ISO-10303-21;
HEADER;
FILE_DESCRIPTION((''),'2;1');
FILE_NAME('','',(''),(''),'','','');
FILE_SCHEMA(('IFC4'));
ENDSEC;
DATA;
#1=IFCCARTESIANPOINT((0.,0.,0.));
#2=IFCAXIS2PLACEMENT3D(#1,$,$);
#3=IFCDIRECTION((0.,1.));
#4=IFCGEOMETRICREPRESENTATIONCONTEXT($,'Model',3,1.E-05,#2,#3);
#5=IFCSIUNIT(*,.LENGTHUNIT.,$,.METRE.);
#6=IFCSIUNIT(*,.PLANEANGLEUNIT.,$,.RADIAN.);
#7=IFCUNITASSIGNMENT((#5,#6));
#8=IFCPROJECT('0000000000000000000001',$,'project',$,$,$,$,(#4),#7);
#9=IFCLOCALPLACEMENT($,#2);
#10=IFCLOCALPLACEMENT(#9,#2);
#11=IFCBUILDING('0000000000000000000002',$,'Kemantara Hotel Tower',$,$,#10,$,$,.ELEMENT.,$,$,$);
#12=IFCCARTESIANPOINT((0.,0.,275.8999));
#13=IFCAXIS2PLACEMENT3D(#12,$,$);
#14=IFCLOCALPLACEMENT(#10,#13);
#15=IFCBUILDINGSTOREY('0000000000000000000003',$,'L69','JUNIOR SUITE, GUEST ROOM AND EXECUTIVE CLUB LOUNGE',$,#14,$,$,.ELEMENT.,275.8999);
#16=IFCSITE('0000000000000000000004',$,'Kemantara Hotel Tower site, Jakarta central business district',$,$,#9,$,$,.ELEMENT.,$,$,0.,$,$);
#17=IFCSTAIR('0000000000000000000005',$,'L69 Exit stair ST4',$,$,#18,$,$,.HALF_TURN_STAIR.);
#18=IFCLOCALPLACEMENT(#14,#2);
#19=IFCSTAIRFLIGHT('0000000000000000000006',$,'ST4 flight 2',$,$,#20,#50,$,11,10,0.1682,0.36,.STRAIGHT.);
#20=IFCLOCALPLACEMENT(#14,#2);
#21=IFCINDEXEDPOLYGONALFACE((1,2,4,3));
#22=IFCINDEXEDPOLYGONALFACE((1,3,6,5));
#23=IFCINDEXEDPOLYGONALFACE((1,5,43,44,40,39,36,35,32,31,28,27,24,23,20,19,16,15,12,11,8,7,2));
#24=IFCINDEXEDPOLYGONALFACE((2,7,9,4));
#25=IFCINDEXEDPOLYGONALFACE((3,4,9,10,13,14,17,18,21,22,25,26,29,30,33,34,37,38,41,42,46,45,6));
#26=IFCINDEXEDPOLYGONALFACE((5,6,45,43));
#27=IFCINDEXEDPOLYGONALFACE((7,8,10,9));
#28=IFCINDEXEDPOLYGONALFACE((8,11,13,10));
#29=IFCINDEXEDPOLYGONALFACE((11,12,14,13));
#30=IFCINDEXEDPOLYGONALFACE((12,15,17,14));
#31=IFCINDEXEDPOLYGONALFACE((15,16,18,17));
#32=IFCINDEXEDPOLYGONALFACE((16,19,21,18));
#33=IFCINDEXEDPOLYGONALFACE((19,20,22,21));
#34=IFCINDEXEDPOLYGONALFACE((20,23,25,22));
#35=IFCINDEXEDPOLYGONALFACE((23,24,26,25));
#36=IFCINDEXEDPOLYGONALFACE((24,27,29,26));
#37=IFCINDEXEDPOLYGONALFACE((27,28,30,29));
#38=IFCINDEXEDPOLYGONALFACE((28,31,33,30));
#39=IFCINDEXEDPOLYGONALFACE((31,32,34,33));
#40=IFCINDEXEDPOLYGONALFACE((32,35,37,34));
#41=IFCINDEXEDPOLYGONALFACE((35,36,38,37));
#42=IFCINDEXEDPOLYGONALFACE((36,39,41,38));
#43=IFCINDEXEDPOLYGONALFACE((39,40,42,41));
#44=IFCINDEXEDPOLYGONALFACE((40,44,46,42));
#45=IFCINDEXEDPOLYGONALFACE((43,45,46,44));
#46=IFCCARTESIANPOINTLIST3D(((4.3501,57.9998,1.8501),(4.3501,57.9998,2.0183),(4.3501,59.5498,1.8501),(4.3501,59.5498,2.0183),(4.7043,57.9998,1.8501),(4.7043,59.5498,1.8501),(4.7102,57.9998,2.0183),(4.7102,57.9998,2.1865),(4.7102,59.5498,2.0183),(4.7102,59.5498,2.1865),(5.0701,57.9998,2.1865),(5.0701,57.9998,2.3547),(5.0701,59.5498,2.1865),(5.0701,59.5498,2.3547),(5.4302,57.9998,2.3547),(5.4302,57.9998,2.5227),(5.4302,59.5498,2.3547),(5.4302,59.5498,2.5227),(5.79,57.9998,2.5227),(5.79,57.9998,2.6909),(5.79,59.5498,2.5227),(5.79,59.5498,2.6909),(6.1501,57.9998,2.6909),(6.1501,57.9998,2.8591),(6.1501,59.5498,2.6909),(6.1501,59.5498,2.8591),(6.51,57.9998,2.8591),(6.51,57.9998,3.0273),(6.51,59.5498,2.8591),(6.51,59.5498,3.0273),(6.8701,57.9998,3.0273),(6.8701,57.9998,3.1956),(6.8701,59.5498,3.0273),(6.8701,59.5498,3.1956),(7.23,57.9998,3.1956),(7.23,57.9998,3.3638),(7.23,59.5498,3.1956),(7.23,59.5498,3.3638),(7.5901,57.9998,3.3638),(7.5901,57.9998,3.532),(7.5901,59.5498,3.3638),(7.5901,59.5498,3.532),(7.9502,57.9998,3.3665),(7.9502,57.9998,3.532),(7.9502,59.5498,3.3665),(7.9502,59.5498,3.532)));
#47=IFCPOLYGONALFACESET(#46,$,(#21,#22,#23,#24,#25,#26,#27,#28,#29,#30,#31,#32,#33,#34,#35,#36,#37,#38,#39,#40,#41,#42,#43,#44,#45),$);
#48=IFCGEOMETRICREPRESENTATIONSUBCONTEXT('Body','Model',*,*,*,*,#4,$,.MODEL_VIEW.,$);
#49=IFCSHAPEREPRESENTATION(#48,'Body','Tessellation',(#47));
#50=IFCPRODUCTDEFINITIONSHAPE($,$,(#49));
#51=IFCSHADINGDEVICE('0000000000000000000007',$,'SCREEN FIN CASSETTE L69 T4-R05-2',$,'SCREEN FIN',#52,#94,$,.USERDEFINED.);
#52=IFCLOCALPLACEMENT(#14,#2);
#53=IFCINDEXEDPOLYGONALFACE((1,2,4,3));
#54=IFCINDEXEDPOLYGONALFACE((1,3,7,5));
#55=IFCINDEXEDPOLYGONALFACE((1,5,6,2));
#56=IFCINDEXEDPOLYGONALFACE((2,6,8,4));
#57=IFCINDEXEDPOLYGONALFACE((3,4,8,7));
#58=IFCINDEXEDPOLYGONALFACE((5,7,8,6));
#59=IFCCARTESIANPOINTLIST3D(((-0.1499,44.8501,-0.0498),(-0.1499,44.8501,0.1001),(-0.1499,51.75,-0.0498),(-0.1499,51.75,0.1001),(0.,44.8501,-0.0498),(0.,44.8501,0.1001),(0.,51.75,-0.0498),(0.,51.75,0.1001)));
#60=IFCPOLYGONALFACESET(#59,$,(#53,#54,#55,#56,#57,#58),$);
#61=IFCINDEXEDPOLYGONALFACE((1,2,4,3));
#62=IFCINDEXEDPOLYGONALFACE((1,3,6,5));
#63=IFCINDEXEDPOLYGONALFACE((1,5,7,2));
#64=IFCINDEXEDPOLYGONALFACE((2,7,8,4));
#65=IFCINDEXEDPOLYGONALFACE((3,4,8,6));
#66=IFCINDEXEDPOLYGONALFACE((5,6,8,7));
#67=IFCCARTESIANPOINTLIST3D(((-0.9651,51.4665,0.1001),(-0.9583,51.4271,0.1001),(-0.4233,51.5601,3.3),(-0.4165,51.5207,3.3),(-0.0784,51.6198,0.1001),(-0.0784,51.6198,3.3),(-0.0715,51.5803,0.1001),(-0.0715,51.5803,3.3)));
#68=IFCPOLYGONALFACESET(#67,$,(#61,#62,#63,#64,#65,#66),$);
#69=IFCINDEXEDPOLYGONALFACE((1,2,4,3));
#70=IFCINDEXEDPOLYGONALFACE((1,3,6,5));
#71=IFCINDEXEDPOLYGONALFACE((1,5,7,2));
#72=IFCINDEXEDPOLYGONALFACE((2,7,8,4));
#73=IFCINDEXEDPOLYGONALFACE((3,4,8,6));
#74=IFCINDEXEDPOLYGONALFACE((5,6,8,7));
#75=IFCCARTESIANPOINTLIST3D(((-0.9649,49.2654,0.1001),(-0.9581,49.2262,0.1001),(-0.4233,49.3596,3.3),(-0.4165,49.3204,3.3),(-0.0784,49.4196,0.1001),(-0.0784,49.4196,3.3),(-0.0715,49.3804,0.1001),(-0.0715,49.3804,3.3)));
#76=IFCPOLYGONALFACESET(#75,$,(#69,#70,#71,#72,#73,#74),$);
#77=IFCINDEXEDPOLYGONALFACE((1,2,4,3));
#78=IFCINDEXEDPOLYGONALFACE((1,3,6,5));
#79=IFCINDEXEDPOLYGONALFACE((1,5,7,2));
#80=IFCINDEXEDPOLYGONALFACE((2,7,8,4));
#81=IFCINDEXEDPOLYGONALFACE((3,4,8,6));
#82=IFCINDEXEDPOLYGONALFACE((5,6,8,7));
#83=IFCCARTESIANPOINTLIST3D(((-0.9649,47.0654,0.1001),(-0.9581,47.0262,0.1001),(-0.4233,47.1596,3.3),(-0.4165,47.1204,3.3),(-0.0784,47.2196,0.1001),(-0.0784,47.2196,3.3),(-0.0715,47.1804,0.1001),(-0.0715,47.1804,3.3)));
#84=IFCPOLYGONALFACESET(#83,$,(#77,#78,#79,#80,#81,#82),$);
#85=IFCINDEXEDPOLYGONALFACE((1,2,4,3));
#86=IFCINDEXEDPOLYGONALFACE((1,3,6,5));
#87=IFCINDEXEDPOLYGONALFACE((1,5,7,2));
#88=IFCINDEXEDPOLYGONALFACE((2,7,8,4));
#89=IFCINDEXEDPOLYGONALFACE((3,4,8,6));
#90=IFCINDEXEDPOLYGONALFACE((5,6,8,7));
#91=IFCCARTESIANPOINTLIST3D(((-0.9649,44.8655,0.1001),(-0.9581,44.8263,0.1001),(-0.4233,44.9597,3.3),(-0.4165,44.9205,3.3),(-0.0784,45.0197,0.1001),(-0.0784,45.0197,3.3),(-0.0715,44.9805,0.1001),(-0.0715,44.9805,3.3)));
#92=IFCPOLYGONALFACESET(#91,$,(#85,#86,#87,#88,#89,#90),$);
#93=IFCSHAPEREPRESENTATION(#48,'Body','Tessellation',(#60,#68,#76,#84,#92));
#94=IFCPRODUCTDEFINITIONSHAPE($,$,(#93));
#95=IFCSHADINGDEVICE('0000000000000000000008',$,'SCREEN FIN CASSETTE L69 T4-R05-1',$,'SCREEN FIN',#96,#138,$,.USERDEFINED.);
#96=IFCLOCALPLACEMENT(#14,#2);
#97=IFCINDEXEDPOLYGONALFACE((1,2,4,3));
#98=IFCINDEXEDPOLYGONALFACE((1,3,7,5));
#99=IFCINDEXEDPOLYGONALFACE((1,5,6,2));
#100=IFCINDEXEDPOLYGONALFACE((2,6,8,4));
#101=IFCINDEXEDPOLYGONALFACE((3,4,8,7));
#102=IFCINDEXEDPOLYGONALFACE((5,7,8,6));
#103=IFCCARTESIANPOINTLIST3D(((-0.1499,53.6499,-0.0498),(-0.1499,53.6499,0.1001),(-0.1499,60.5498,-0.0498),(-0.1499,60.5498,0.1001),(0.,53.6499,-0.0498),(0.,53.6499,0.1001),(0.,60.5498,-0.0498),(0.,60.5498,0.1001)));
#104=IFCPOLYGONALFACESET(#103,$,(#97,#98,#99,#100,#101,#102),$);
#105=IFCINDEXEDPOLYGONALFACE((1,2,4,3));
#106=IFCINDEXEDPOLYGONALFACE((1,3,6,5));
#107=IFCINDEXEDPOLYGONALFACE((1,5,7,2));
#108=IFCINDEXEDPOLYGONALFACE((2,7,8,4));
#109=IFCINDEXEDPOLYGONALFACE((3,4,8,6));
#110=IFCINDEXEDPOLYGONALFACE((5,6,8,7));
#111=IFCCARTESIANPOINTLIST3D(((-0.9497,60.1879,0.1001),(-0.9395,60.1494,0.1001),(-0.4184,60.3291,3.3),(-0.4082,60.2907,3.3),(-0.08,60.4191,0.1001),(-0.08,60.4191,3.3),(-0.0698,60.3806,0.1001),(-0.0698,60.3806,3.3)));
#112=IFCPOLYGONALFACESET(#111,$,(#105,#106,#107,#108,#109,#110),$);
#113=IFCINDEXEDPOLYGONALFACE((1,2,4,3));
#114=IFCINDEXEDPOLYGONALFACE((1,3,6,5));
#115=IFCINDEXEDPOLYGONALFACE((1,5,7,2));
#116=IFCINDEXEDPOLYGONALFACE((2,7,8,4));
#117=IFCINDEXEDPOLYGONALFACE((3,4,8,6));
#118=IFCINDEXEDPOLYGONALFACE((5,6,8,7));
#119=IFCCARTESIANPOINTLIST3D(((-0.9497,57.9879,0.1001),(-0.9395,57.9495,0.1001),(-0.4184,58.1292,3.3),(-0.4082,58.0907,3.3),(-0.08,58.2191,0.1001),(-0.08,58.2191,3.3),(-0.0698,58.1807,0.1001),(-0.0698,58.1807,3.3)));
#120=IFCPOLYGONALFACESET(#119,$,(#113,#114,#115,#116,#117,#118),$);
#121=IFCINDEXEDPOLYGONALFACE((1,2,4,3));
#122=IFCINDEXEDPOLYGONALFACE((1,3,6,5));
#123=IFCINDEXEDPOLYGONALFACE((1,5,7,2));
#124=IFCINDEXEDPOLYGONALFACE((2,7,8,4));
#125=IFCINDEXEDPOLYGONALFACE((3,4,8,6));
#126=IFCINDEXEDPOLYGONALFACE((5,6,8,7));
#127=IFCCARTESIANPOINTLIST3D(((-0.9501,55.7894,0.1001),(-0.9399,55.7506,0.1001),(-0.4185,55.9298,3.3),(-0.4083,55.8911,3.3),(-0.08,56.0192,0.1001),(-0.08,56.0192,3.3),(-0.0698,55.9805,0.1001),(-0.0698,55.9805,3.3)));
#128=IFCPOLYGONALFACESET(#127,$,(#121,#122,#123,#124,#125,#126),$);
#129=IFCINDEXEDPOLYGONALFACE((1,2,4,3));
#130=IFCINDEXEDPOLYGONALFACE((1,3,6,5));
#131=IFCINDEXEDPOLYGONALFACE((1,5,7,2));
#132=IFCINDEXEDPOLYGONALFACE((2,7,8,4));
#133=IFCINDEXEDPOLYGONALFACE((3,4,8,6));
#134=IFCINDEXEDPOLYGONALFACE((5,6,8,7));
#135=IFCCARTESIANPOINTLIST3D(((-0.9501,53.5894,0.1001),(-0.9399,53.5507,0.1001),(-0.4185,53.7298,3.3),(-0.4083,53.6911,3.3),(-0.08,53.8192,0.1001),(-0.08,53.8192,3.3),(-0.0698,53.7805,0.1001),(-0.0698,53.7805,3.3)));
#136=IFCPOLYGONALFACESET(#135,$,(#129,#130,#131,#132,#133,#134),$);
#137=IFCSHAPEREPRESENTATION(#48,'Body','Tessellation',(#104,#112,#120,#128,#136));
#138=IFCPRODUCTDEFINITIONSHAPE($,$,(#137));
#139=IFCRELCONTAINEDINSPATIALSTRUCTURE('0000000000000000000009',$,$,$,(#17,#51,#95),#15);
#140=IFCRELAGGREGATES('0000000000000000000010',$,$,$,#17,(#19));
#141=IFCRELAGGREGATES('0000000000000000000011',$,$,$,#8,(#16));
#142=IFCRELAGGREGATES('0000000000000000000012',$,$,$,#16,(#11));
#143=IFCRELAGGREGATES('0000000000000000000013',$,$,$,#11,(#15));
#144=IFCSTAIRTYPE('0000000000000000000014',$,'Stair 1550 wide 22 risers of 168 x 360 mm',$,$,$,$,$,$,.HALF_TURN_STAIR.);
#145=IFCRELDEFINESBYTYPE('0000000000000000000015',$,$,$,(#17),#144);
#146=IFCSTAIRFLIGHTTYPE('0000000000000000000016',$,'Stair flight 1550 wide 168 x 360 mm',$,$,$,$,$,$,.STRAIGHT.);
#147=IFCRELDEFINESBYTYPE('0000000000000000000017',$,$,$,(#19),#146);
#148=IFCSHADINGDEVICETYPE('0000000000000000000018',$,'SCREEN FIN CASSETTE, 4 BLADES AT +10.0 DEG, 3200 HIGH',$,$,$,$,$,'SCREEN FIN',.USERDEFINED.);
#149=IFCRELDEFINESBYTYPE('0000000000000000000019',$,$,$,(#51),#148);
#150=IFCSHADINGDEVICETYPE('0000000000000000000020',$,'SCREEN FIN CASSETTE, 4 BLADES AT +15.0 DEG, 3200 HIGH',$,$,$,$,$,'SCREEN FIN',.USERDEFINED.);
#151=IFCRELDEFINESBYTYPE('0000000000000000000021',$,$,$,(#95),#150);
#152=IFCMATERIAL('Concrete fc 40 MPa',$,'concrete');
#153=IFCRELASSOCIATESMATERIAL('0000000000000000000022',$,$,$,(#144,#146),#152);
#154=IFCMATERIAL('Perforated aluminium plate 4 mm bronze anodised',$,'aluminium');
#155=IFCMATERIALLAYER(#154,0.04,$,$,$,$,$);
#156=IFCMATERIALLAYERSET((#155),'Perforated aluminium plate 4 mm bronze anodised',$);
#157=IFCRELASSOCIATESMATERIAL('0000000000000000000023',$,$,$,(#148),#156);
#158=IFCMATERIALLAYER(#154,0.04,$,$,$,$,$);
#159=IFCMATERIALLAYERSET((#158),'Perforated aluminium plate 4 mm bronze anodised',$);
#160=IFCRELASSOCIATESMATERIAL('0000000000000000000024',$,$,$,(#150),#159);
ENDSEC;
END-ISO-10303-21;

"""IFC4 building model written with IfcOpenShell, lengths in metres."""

from ifc_helpers import new_model, si_unit, direction, frame, origin, origin_2d, place, context, subcontext, project, spatial, polyline, rectangle, outline, extrude, source, transform, mapped, material, layer, layer_set, type_object, element, aggregate, save


model = new_model("IFC4")

# Units and contexts
model_context = context("Model", 3, precision=1e-05, world=origin(), true_north=direction((0.0, 1.0)))
body_context = subcontext(model_context, "Body", "Model", "MODEL_VIEW")
ifc_project = project(units=[si_unit("LENGTHUNIT", "METRE"), si_unit("PLANEANGLEUNIT", "RADIAN")], contexts=[model_context])

# Site, building, storey
site_placement = place(None, origin())
site = spatial("IfcSite", under=ifc_project, at=site_placement, Name="Kemantara Hotel Tower site, Jakarta central business district", CompositionType="ELEMENT", RefElevation=0.0)
building_placement = place(site_placement, origin())
building = spatial("IfcBuilding", under=site, at=building_placement, Name="Kemantara Hotel Tower", CompositionType="ELEMENT")
storey_placement = place(building_placement, frame((0.0, 0.0, 275.8999)))
storey = spatial("IfcBuildingStorey", under=building, at=storey_placement, Name="L69", Description="JUNIOR SUITE, GUEST ROOM AND EXECUTIVE CLUB LOUNGE", CompositionType="ELEMENT", Elevation=275.8999)

# Shared definitions
ifc_material_1 = material(Name="Concrete fc 40 MPa", Category="concrete")

# Stair, stair flight
stair_type = type_object("IfcStairType", Name="Stair 1550 wide 22 risers of 168 x 360 mm", PredefinedType="HALF_TURN_STAIR", material=ifc_material_1)
stair_placement = place(storey_placement, origin())
stair = element("IfcStair", 1, at=stair_placement, inside=storey, type_object=stair_type, Name="L69 Exit stair ST4", PredefinedType="HALF_TURN_STAIR")
stair_flight_type = type_object("IfcStairFlightType", Name="Stair flight 1550 wide 168 x 360 mm", PredefinedType="STRAIGHT", material=ifc_material_1)
stair_flight_placement = place(storey_placement, frame((4.3501, 58.7749, 1.8501), z_axis=(0.0, 0.0, 1.0), x_axis=(1.0, 0.0, 0.0)))
stair_flight = element("IfcStairFlight", 2, at=stair_flight_placement, type_object=stair_flight_type, Name="ST4 flight 2", NumberOfRisers=11, NumberOfTreads=10, PredefinedType="STRAIGHT", RiserHeight=0.1682, TreadLength=0.36, context=body_context, shape_type="SweptSolid", body=[
    extrude(outline(polyline([(0.0, 0.0), (0.0, 0.1682), (0.3601, 0.1682), (0.3601, 0.3364), (0.72, 0.3364), (0.72, 0.5046), (1.0801, 0.5046), (1.0801, 0.6726), (1.4399, 0.6726), (1.4399, 0.8408), (1.8, 0.8408), (1.8, 1.009), (2.1599, 1.009), (2.1599, 1.1772), (2.52, 1.1772), (2.52, 1.3455), (2.8799, 1.3455), (2.8799, 1.5137), (3.24, 1.5137), (3.24, 1.6819), (3.6001, 1.6819), (3.6001, 1.8501), (3.6001, 1.5164), (0.3542, 0.0), (0.0, 0.0)])), frame((0.0, 0.7749, 0.0), z_axis=(0.0, -1.0, 0.0), x_axis=(1.0, 0.0, 0.0)), (0.0, 0.0, 1.0), 1.55),
])
aggregate(stair, [stair_flight])

# Shading devices
ifc_material_2 = material(Name="Perforated aluminium plate 4 mm bronze anodised", Category="aluminium")
ifc_layer_1 = layer(ifc_material_2, 0.04)
ifc_layer_set_1 = layer_set([ifc_layer_1], Name="Perforated aluminium plate 4 mm bronze anodised")
shading_device_type_1 = type_object("IfcShadingDeviceType", Name="SCREEN FIN CASSETTE, 4 BLADES AT +10.0 DEG, 3200 HIGH", ElementType="SCREEN FIN", PredefinedType="USERDEFINED", material=ifc_layer_set_1)
shared_shape_1 = source(origin(), body_context, "Body", "SweptSolid", [
    extrude(rectangle(XDim=6.8999, YDim=0.1499, at=origin_2d()), frame((3.3, -0.075, -0.1499), z_axis=(0.0, 0.0, 1.0), x_axis=(1.0, 0.0, 0.0)), (0.0, 0.0, 1.0), 0.1499),
    extrude(outline(polyline([(0.0, 0.0), (0.8999, 0.0), (0.3501, 3.2), (0.0, 3.2), (0.0, 0.0)])), frame((0.0198, -0.0715, 0.0), z_axis=(-0.98539, -0.170314, 0.0), x_axis=(0.170314, -0.98539, 0.0)), (0.0, 0.0, 1.0), 0.04),
    extrude(outline(polyline([(0.0, 0.0), (0.8999, 0.0), (0.3501, 3.2), (0.0, 3.2), (0.0, 0.0)])), frame((2.2197, -0.0715, 0.0), z_axis=(-0.985212, -0.171341, 0.0), x_axis=(0.171341, -0.985212, 0.0)), (0.0, 0.0, 1.0), 0.0398),
    extrude(outline(polyline([(0.0, 0.0), (0.8999, 0.0), (0.3501, 3.2), (0.0, 3.2), (0.0, 0.0)])), frame((4.4197, -0.0715, 0.0), z_axis=(-0.985212, -0.171341, 0.0), x_axis=(0.171341, -0.985212, 0.0)), (0.0, 0.0, 1.0), 0.0398),
    extrude(outline(polyline([(0.0, 0.0), (0.8999, 0.0), (0.3501, 3.2), (0.0, 3.2), (0.0, 0.0)])), frame((6.6196, -0.0715, 0.0), z_axis=(-0.985212, -0.171341, 0.0), x_axis=(0.171341, -0.985212, 0.0)), (0.0, 0.0, 1.0), 0.0398),
])
shading_device_1_placement = place(storey_placement, frame((0.0, 51.6001, 0.1001), z_axis=(0.0, 0.0, 1.0), x_axis=(0.0, -1.0, 0.0)))
element("IfcShadingDevice", 3, at=shading_device_1_placement, inside=storey, type_object=shading_device_type_1, Name="SCREEN FIN CASSETTE L69 T4-R05-2", ObjectType="SCREEN FIN", PredefinedType="USERDEFINED", context=body_context, shape_type="MappedRepresentation", body=[
    mapped(shared_shape_1, transform((0.0, 0.0, 0.0))),
])
ifc_layer_2 = layer(ifc_material_2, 0.04)
ifc_layer_set_2 = layer_set([ifc_layer_2], Name="Perforated aluminium plate 4 mm bronze anodised")
shading_device_type_2 = type_object("IfcShadingDeviceType", Name="SCREEN FIN CASSETTE, 4 BLADES AT +15.0 DEG, 3200 HIGH", ElementType="SCREEN FIN", PredefinedType="USERDEFINED", material=ifc_layer_set_2)
shared_shape_2 = source(origin(), body_context, "Body", "SweptSolid", [
    extrude(rectangle(XDim=6.8999, YDim=0.1499, at=origin_2d()), frame((3.3, -0.075, -0.1499), z_axis=(0.0, 0.0, 1.0), x_axis=(1.0, 0.0, 0.0)), (0.0, 0.0, 1.0), 0.1499),
    extrude(outline(polyline([(0.0, 0.0), (0.8999, 0.0), (0.3501, 3.2), (0.0, 3.2), (0.0, 0.0)])), frame((0.0193, -0.0698, 0.0), z_axis=(-0.966438, -0.256901, 0.0), x_axis=(0.256901, -0.966438, 0.0)), (0.0, 0.0, 1.0), 0.0398),
    extrude(outline(polyline([(0.0, 0.0), (0.8999, 0.0), (0.3501, 3.2), (0.0, 3.2), (0.0, 0.0)])), frame((2.2192, -0.0698, 0.0), z_axis=(-0.966438, -0.256901, 0.0), x_axis=(0.256901, -0.966438, 0.0)), (0.0, 0.0, 1.0), 0.0398),
    extrude(outline(polyline([(0.0, 0.0), (0.8999, 0.0), (0.3501, 3.2), (0.0, 3.2), (0.0, 0.0)])), frame((4.4194, -0.0698, 0.0), z_axis=(-0.966838, -0.255391, 0.0), x_axis=(0.255391, -0.966838, 0.0)), (0.0, 0.0, 1.0), 0.04),
    extrude(outline(polyline([(0.0, 0.0), (0.8999, 0.0), (0.3501, 3.2), (0.0, 3.2), (0.0, 0.0)])), frame((6.6194, -0.0698, 0.0), z_axis=(-0.966838, -0.255391, 0.0), x_axis=(0.255391, -0.966838, 0.0)), (0.0, 0.0, 1.0), 0.04),
])
shading_device_2_placement = place(storey_placement, frame((0.0, 60.3999, 0.1001), z_axis=(0.0, 0.0, 1.0), x_axis=(0.0, -1.0, 0.0)))
element("IfcShadingDevice", 4, at=shading_device_2_placement, inside=storey, type_object=shading_device_type_2, Name="SCREEN FIN CASSETTE L69 T4-R05-1", ObjectType="SCREEN FIN", PredefinedType="USERDEFINED", context=body_context, shape_type="MappedRepresentation", body=[
    mapped(shared_shape_2, transform((0.0, 0.0, 0.0))),
])

save(model, "model.ifc")
